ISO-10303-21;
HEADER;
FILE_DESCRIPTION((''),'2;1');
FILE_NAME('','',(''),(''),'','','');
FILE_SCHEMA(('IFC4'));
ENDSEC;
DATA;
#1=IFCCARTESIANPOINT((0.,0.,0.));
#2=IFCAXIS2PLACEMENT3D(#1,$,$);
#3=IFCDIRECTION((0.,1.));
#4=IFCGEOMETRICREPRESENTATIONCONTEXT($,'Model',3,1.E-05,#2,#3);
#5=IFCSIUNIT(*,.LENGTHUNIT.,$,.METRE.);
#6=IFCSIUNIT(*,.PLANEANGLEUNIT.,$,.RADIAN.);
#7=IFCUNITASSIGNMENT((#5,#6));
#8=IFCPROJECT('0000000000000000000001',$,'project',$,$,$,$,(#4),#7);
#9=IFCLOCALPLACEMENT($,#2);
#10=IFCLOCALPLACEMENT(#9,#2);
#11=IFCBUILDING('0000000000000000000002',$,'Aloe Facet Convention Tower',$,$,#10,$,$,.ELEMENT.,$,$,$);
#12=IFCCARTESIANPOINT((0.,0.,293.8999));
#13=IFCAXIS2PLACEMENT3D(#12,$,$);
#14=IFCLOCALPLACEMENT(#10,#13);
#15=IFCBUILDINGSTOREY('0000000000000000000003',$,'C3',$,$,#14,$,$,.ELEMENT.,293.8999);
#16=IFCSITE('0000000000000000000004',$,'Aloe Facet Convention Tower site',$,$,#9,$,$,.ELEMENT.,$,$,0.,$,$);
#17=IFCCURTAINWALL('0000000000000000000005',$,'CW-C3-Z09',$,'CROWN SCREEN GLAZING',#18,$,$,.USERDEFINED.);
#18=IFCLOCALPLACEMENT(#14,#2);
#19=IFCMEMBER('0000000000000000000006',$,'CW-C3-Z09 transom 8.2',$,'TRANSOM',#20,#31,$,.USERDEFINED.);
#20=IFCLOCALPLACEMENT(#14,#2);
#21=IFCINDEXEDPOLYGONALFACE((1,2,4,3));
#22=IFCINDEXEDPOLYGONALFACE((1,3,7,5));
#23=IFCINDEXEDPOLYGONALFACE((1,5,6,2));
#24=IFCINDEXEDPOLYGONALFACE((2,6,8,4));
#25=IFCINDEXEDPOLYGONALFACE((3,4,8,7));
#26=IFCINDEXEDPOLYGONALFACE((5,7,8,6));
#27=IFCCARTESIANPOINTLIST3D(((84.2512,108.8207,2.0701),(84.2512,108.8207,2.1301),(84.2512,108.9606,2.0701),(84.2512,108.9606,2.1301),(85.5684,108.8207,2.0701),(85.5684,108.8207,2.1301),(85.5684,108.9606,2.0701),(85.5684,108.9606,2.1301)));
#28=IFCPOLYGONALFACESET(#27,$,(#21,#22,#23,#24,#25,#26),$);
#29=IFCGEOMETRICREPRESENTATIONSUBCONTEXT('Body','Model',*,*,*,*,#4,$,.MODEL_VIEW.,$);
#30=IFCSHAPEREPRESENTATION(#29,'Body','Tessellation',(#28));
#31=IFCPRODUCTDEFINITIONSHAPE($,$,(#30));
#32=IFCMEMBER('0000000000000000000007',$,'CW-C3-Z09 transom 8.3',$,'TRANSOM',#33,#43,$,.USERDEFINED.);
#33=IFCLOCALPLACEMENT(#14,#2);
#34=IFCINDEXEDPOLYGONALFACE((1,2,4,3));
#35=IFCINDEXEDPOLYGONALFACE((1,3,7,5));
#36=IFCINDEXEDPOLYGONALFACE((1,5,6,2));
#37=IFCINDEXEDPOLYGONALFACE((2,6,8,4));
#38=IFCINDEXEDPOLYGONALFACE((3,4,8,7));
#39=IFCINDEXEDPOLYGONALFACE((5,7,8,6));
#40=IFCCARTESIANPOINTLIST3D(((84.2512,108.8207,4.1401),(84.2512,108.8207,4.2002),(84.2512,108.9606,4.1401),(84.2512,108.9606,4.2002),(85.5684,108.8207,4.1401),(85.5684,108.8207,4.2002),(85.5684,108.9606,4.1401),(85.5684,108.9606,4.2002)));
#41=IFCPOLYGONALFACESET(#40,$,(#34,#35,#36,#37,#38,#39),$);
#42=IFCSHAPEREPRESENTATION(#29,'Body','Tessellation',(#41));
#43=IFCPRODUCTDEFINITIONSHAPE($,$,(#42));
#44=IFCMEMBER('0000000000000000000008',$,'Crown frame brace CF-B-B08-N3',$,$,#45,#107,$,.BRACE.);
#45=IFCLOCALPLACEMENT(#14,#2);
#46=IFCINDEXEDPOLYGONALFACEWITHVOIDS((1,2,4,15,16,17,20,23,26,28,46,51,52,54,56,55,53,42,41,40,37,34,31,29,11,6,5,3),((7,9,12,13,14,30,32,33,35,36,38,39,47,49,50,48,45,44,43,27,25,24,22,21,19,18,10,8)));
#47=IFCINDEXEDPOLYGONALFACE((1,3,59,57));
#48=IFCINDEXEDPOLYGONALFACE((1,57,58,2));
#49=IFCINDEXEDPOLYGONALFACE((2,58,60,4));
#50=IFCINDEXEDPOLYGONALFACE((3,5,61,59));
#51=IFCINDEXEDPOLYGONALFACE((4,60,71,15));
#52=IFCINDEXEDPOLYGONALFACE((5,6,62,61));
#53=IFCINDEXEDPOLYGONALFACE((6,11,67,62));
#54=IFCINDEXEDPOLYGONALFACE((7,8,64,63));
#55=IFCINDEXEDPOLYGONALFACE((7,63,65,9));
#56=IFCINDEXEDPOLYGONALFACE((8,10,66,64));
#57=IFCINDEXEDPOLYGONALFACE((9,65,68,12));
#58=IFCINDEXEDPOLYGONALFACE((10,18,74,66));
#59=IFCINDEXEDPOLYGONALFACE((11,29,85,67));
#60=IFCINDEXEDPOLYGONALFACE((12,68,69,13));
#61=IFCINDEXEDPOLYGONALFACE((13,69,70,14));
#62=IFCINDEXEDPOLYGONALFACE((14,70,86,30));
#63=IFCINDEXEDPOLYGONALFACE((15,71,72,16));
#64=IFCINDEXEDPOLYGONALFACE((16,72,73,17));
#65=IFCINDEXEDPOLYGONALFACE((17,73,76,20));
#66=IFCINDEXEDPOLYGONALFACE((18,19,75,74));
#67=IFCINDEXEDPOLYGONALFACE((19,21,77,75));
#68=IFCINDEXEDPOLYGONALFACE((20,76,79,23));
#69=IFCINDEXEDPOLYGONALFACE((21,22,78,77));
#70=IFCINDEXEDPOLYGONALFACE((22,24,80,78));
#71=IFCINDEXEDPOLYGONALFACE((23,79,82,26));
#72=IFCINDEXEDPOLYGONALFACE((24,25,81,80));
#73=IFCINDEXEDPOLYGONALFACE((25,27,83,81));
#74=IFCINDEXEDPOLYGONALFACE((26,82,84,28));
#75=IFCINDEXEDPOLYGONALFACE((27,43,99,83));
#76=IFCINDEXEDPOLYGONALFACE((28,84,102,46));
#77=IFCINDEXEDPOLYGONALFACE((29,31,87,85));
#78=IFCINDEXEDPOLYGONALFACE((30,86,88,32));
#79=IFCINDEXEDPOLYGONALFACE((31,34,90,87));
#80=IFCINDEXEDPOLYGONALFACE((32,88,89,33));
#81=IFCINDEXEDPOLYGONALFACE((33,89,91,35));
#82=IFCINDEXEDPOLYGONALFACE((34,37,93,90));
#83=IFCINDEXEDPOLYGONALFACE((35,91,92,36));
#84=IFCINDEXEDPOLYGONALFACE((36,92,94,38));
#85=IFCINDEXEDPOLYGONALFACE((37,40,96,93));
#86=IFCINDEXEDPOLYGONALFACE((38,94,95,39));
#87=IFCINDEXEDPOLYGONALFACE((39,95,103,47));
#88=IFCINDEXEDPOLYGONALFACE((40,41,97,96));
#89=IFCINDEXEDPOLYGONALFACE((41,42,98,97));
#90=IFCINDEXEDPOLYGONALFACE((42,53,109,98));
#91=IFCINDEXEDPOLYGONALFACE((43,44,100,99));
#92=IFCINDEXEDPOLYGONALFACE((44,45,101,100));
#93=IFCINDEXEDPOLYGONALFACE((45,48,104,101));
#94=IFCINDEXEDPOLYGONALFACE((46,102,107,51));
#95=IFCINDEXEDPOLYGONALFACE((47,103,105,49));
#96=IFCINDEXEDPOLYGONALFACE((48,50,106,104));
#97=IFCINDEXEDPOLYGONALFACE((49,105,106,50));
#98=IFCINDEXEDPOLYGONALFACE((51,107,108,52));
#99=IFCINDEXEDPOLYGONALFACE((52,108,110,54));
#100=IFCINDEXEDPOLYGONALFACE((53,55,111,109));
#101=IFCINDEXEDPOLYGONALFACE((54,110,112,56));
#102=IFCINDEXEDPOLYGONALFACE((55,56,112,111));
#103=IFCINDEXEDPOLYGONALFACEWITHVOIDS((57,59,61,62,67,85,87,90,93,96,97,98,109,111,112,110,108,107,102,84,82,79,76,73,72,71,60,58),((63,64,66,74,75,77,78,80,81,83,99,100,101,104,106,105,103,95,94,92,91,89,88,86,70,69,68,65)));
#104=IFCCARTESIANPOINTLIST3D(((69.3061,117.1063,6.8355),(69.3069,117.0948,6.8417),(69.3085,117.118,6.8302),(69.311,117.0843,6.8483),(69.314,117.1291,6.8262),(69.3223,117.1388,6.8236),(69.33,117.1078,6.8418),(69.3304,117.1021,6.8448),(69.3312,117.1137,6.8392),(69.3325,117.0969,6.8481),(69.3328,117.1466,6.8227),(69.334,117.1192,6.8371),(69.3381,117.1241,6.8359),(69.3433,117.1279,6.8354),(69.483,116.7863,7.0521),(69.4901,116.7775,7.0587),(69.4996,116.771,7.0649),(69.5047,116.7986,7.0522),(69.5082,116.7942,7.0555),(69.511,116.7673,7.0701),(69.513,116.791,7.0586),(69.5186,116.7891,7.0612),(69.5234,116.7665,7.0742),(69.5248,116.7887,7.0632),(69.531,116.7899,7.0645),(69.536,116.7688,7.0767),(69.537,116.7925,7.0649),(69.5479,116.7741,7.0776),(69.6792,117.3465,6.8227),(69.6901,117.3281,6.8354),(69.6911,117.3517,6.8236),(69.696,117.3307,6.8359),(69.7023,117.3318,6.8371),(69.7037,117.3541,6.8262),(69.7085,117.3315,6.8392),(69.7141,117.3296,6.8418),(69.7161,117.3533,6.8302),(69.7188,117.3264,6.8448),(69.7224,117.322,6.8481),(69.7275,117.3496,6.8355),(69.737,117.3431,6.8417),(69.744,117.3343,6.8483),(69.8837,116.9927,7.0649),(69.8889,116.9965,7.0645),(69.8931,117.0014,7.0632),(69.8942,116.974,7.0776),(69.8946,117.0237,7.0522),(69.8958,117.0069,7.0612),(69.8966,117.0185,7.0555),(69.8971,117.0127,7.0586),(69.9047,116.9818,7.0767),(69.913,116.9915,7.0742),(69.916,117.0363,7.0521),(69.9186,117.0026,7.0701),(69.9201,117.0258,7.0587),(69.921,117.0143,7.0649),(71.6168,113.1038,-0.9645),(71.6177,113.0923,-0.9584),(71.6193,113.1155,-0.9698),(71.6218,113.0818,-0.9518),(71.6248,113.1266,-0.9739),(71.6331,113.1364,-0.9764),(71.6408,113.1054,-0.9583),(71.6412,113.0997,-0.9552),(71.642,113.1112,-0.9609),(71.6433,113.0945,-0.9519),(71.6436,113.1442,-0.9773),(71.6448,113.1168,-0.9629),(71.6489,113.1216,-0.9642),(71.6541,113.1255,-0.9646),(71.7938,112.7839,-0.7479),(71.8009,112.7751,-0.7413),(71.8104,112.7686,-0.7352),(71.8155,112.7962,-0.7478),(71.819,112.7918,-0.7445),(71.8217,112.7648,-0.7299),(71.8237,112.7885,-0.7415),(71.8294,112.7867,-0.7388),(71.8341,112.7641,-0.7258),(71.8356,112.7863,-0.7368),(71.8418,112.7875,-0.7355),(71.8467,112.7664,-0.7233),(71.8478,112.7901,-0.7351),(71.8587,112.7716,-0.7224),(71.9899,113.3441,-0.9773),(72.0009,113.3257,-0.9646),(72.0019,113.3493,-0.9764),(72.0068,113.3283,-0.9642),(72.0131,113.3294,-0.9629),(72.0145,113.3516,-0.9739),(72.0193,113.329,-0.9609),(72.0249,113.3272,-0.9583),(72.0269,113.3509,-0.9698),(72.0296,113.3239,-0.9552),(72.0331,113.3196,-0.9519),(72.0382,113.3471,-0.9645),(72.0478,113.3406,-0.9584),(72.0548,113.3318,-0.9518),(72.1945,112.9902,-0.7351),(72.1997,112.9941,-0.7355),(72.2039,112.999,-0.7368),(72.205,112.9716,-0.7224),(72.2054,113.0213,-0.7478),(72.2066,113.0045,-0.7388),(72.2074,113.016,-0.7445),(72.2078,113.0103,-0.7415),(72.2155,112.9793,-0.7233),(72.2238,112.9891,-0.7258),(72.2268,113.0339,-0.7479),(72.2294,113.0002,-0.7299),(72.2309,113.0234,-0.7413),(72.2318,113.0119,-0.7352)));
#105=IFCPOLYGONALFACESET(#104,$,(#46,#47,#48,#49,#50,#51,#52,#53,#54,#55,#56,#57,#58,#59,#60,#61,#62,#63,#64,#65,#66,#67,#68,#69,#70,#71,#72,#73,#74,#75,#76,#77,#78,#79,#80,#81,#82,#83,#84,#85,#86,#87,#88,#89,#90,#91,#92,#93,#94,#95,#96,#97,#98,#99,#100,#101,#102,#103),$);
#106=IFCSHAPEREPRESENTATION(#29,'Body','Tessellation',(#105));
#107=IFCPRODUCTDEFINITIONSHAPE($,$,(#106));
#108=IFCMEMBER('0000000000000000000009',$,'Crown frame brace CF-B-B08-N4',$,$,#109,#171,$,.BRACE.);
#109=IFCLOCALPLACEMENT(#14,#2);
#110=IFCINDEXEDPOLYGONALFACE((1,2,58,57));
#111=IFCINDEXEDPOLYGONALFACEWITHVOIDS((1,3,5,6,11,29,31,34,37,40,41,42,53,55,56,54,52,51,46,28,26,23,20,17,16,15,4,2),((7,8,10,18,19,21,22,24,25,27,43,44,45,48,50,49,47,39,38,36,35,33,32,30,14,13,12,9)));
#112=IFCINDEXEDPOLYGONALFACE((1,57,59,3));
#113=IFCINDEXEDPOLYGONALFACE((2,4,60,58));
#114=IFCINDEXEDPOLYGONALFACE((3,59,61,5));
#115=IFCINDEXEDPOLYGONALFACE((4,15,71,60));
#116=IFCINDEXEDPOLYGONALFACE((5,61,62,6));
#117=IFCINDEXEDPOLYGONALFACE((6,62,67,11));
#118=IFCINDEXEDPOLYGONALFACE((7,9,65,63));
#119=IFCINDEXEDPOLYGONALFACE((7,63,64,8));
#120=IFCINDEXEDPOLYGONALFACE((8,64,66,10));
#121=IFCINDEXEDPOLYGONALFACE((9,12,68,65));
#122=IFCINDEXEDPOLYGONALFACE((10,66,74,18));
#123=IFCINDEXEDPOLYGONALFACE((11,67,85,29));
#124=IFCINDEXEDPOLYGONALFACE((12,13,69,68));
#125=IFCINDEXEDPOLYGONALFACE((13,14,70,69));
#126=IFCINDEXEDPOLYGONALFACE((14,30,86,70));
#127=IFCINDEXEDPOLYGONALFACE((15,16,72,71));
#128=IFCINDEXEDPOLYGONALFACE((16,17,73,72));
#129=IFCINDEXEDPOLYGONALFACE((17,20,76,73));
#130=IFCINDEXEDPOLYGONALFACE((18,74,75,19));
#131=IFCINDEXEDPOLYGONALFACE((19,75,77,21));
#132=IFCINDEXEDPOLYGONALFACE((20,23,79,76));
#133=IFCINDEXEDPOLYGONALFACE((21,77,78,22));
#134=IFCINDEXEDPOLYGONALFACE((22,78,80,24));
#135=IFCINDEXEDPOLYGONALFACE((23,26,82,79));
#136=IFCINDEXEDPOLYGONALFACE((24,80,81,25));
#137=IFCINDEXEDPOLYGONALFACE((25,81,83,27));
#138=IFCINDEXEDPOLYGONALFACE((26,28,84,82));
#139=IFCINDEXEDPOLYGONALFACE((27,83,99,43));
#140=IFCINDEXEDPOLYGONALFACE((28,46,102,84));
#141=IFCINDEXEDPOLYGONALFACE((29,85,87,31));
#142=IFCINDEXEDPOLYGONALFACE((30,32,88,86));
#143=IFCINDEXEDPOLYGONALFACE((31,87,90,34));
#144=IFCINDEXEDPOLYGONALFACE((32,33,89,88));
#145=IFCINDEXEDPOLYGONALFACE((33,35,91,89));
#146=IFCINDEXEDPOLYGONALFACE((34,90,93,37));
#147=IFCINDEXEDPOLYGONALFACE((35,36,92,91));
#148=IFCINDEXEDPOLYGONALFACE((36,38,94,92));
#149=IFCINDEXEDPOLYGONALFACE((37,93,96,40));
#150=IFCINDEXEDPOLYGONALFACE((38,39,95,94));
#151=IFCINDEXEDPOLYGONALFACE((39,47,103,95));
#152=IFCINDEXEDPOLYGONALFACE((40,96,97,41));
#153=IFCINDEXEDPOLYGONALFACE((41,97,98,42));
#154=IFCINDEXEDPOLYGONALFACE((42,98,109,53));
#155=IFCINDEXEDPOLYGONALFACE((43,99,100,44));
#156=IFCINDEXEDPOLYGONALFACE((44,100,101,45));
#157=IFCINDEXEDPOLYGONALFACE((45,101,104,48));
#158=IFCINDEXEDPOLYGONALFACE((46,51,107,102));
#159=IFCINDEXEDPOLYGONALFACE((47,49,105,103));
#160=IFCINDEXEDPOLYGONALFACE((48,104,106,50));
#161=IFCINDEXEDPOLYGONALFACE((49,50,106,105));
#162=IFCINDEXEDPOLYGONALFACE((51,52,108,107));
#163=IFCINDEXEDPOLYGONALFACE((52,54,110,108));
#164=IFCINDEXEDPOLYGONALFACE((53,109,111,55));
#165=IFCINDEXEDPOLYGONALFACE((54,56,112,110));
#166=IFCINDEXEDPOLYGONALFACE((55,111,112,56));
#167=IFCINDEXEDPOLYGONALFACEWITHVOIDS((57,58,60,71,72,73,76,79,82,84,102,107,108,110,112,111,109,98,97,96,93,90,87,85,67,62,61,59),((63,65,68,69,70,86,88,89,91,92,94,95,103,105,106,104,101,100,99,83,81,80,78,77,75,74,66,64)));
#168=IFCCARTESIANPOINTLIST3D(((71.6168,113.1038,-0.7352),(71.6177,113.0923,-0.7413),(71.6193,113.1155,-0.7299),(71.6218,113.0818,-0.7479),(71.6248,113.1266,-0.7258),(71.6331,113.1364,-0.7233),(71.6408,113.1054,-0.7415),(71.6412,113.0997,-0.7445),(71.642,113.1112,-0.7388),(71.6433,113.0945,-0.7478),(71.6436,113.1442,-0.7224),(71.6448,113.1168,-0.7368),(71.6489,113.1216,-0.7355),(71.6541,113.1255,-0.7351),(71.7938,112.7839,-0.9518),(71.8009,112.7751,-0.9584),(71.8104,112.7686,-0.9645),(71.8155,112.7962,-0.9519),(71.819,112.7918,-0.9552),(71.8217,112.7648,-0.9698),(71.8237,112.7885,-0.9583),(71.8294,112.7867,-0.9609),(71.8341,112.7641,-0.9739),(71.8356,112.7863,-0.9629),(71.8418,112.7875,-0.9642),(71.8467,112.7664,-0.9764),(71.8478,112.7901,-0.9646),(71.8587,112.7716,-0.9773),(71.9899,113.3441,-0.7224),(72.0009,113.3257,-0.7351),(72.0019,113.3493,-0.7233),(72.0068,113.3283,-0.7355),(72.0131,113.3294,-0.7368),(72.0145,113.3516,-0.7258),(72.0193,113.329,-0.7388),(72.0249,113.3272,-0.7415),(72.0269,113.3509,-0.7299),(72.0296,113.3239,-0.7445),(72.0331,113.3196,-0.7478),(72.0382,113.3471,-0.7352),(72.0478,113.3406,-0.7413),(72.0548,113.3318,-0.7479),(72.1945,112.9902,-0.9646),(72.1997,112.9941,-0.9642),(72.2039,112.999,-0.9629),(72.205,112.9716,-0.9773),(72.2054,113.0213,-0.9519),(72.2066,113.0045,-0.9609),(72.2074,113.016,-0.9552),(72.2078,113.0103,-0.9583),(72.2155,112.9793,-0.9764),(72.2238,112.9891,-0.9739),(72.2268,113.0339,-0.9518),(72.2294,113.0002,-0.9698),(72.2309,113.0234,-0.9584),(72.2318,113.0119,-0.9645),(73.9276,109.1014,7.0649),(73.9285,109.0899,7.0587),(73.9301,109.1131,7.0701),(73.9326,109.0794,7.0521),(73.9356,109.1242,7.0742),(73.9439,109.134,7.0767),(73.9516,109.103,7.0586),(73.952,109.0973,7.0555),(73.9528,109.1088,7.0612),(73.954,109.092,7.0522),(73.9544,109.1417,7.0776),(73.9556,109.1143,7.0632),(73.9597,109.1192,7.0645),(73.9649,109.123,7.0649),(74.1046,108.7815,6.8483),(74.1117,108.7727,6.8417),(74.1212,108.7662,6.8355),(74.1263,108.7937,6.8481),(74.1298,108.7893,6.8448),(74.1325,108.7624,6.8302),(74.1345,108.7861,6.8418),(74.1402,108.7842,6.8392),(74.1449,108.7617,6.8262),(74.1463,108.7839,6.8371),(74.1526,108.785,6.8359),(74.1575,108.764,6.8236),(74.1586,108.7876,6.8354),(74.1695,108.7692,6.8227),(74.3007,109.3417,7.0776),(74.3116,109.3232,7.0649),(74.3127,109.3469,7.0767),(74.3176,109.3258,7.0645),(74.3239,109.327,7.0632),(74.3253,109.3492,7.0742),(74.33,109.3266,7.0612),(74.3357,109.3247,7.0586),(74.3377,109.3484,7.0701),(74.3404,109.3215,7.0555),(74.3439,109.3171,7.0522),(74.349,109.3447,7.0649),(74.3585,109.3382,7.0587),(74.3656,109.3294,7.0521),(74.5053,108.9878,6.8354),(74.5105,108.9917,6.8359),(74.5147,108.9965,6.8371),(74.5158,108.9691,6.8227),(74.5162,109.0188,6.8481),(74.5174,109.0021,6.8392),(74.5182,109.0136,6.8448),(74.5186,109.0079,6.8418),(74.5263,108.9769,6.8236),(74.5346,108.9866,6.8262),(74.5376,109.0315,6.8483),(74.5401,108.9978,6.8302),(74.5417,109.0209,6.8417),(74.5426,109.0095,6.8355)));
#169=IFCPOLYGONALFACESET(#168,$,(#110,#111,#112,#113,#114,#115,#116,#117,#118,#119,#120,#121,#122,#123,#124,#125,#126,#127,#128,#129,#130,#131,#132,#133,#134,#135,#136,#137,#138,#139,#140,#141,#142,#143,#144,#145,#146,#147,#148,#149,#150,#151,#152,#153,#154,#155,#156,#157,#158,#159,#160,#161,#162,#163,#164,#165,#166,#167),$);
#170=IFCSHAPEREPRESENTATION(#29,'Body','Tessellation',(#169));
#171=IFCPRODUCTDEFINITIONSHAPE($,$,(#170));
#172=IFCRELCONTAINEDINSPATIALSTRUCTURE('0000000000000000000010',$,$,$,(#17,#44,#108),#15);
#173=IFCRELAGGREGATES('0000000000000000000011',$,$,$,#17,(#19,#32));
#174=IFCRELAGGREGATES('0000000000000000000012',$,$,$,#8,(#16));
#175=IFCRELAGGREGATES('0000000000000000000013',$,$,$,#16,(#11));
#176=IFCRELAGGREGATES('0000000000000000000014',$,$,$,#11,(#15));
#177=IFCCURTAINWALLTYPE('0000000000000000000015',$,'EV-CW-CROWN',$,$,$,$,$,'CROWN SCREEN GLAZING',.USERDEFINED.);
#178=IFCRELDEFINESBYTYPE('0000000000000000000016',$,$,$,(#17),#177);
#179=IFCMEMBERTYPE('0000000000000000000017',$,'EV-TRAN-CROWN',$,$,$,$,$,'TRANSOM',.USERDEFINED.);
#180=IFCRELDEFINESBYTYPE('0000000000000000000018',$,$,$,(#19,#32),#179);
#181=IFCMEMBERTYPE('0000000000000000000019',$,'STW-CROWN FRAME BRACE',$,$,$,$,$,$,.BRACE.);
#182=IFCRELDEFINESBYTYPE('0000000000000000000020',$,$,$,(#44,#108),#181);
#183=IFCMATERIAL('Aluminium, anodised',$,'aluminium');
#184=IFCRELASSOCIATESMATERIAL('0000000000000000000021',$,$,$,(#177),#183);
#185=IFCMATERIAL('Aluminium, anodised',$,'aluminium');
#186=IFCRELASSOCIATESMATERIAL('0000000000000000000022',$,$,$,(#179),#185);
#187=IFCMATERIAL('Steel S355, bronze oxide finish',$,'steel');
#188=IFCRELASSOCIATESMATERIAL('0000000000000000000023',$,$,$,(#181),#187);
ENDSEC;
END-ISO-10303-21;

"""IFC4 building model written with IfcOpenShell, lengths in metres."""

from ifc_helpers import new_model, si_unit, direction, frame, origin, origin_2d, place, context, subcontext, project, spatial, rectangle, hollow_rectangle, extrude, material, material_profile, profile_set, type_object, element, aggregate, save


model = new_model("IFC4")

# Units and contexts
model_context = context("Model", 3, precision=1e-05, world=origin(), true_north=direction((0.0, 1.0)))
body_context = subcontext(model_context, "Body", "Model", "MODEL_VIEW")
ifc_project = project(units=[si_unit("LENGTHUNIT", "METRE"), si_unit("PLANEANGLEUNIT", "RADIAN")], contexts=[model_context])

# Site, building, storey
site_placement = place(None, origin())
site = spatial("IfcSite", under=ifc_project, at=site_placement, Name="Aloe Facet Convention Tower site", CompositionType="ELEMENT", RefElevation=0.0)
building_placement = place(site_placement, origin())
building = spatial("IfcBuilding", under=site, at=building_placement, Name="Aloe Facet Convention Tower", CompositionType="ELEMENT")
storey_placement = place(building_placement, frame((0.0, 0.0, 293.8999)))
storey = spatial("IfcBuildingStorey", under=building, at=storey_placement, Name="C3", CompositionType="ELEMENT", Elevation=293.8999)

# Curtain wall, members
ifc_material_1 = material(Name="Aluminium, anodised", Category="aluminium")
curtain_wall_type = type_object("IfcCurtainWallType", Name="EV-CW-CROWN", ElementType="CROWN SCREEN GLAZING", PredefinedType="USERDEFINED", material=ifc_material_1)
curtain_wall_placement = place(storey_placement, origin())
curtain_wall = element("IfcCurtainWall", 1, at=curtain_wall_placement, inside=storey, type_object=curtain_wall_type, Name="CW-C3-Z09", ObjectType="CROWN SCREEN GLAZING", PredefinedType="USERDEFINED")
ifc_material_2 = material(Name="Aluminium, anodised", Category="aluminium")
ifc_material_profile_1 = material_profile(ifc_material_2, rectangle(XDim=0.1399, YDim=0.0601, at=origin_2d()), Name="AL 140x60")
ifc_profile_set_1 = profile_set([ifc_material_profile_1], Name="Aluminium, anodised")
member_type_1 = type_object("IfcMemberType", Name="EV-TRAN-CROWN", ElementType="TRANSOM", PredefinedType="USERDEFINED", material=ifc_profile_set_1)
member_1_placement = place(storey_placement, frame((84.2512, 108.8906, 2.1001), z_axis=(1.0, 0.0, 0.0), x_axis=(0.0, 1.0, 0.0)))
member_1 = element("IfcMember", 2, at=member_1_placement, type_object=member_type_1, Name="CW-C3-Z09 transom 8.2", ObjectType="TRANSOM", PredefinedType="USERDEFINED", context=body_context, shape_type="SweptSolid", body=[
    extrude(rectangle(XDim=0.1399, YDim=0.0601, at=origin_2d()), origin(), (0.0, 0.0, 1.0), 1.3171),
])
member_2_placement = place(storey_placement, frame((84.2512, 108.8906, 4.1702), z_axis=(1.0, 0.0, 0.0), x_axis=(0.0, 1.0, 0.0)))
member_2 = element("IfcMember", 3, at=member_2_placement, type_object=member_type_1, Name="CW-C3-Z09 transom 8.3", ObjectType="TRANSOM", PredefinedType="USERDEFINED", context=body_context, shape_type="SweptSolid", body=[
    extrude(rectangle(XDim=0.1399, YDim=0.0601, at=origin_2d()), origin(), (0.0, 0.0, 1.0), 1.3171),
])

# Members
ifc_material_3 = material(Name="Steel S355, bronze oxide finish", Category="steel")
ifc_material_profile_2 = material_profile(ifc_material_3, hollow_rectangle(XDim=0.5, YDim=0.5, WallThickness=0.0249, InnerFilletRadius=0.0249, OuterFilletRadius=0.05, at=origin_2d()), Name="SHS 500x500x25")
ifc_profile_set_2 = profile_set([ifc_material_profile_2], Name="Steel S355, bronze oxide finish")
member_type_2 = type_object("IfcMemberType", Name="STW-CROWN FRAME BRACE", PredefinedType="BRACE", material=ifc_profile_set_2)
for number, where, z_axis, x_axis, name in (
    (4, (71.9243, 113.0579, -0.8499), (-0.254873, 0.441458, 0.860322), (-0.866027, -0.499997, 0.0), "Crown frame brace CF-B-B08-N3"),
    (5, (71.9243, 113.0579, -0.8499), (0.254873, -0.441458, 0.860322), (0.866027, 0.499997, 0.0), "Crown frame brace CF-B-B08-N4"),
):
    element("IfcMember", number, at=place(storey_placement, frame(where, z_axis=z_axis, x_axis=x_axis)), inside=storey, type_object=member_type_2, Name=name, PredefinedType="BRACE", context=body_context, shape_type="SweptSolid", body=[
        extrude(hollow_rectangle(XDim=0.5, YDim=0.5, WallThickness=0.0249, InnerFilletRadius=0.0249, OuterFilletRadius=0.05, at=origin_2d()), origin(), (0.0, 0.0, 1.0), 9.0664),
    ])

aggregate(curtain_wall, [member_1, member_2])

save(model, "model.ifc")
